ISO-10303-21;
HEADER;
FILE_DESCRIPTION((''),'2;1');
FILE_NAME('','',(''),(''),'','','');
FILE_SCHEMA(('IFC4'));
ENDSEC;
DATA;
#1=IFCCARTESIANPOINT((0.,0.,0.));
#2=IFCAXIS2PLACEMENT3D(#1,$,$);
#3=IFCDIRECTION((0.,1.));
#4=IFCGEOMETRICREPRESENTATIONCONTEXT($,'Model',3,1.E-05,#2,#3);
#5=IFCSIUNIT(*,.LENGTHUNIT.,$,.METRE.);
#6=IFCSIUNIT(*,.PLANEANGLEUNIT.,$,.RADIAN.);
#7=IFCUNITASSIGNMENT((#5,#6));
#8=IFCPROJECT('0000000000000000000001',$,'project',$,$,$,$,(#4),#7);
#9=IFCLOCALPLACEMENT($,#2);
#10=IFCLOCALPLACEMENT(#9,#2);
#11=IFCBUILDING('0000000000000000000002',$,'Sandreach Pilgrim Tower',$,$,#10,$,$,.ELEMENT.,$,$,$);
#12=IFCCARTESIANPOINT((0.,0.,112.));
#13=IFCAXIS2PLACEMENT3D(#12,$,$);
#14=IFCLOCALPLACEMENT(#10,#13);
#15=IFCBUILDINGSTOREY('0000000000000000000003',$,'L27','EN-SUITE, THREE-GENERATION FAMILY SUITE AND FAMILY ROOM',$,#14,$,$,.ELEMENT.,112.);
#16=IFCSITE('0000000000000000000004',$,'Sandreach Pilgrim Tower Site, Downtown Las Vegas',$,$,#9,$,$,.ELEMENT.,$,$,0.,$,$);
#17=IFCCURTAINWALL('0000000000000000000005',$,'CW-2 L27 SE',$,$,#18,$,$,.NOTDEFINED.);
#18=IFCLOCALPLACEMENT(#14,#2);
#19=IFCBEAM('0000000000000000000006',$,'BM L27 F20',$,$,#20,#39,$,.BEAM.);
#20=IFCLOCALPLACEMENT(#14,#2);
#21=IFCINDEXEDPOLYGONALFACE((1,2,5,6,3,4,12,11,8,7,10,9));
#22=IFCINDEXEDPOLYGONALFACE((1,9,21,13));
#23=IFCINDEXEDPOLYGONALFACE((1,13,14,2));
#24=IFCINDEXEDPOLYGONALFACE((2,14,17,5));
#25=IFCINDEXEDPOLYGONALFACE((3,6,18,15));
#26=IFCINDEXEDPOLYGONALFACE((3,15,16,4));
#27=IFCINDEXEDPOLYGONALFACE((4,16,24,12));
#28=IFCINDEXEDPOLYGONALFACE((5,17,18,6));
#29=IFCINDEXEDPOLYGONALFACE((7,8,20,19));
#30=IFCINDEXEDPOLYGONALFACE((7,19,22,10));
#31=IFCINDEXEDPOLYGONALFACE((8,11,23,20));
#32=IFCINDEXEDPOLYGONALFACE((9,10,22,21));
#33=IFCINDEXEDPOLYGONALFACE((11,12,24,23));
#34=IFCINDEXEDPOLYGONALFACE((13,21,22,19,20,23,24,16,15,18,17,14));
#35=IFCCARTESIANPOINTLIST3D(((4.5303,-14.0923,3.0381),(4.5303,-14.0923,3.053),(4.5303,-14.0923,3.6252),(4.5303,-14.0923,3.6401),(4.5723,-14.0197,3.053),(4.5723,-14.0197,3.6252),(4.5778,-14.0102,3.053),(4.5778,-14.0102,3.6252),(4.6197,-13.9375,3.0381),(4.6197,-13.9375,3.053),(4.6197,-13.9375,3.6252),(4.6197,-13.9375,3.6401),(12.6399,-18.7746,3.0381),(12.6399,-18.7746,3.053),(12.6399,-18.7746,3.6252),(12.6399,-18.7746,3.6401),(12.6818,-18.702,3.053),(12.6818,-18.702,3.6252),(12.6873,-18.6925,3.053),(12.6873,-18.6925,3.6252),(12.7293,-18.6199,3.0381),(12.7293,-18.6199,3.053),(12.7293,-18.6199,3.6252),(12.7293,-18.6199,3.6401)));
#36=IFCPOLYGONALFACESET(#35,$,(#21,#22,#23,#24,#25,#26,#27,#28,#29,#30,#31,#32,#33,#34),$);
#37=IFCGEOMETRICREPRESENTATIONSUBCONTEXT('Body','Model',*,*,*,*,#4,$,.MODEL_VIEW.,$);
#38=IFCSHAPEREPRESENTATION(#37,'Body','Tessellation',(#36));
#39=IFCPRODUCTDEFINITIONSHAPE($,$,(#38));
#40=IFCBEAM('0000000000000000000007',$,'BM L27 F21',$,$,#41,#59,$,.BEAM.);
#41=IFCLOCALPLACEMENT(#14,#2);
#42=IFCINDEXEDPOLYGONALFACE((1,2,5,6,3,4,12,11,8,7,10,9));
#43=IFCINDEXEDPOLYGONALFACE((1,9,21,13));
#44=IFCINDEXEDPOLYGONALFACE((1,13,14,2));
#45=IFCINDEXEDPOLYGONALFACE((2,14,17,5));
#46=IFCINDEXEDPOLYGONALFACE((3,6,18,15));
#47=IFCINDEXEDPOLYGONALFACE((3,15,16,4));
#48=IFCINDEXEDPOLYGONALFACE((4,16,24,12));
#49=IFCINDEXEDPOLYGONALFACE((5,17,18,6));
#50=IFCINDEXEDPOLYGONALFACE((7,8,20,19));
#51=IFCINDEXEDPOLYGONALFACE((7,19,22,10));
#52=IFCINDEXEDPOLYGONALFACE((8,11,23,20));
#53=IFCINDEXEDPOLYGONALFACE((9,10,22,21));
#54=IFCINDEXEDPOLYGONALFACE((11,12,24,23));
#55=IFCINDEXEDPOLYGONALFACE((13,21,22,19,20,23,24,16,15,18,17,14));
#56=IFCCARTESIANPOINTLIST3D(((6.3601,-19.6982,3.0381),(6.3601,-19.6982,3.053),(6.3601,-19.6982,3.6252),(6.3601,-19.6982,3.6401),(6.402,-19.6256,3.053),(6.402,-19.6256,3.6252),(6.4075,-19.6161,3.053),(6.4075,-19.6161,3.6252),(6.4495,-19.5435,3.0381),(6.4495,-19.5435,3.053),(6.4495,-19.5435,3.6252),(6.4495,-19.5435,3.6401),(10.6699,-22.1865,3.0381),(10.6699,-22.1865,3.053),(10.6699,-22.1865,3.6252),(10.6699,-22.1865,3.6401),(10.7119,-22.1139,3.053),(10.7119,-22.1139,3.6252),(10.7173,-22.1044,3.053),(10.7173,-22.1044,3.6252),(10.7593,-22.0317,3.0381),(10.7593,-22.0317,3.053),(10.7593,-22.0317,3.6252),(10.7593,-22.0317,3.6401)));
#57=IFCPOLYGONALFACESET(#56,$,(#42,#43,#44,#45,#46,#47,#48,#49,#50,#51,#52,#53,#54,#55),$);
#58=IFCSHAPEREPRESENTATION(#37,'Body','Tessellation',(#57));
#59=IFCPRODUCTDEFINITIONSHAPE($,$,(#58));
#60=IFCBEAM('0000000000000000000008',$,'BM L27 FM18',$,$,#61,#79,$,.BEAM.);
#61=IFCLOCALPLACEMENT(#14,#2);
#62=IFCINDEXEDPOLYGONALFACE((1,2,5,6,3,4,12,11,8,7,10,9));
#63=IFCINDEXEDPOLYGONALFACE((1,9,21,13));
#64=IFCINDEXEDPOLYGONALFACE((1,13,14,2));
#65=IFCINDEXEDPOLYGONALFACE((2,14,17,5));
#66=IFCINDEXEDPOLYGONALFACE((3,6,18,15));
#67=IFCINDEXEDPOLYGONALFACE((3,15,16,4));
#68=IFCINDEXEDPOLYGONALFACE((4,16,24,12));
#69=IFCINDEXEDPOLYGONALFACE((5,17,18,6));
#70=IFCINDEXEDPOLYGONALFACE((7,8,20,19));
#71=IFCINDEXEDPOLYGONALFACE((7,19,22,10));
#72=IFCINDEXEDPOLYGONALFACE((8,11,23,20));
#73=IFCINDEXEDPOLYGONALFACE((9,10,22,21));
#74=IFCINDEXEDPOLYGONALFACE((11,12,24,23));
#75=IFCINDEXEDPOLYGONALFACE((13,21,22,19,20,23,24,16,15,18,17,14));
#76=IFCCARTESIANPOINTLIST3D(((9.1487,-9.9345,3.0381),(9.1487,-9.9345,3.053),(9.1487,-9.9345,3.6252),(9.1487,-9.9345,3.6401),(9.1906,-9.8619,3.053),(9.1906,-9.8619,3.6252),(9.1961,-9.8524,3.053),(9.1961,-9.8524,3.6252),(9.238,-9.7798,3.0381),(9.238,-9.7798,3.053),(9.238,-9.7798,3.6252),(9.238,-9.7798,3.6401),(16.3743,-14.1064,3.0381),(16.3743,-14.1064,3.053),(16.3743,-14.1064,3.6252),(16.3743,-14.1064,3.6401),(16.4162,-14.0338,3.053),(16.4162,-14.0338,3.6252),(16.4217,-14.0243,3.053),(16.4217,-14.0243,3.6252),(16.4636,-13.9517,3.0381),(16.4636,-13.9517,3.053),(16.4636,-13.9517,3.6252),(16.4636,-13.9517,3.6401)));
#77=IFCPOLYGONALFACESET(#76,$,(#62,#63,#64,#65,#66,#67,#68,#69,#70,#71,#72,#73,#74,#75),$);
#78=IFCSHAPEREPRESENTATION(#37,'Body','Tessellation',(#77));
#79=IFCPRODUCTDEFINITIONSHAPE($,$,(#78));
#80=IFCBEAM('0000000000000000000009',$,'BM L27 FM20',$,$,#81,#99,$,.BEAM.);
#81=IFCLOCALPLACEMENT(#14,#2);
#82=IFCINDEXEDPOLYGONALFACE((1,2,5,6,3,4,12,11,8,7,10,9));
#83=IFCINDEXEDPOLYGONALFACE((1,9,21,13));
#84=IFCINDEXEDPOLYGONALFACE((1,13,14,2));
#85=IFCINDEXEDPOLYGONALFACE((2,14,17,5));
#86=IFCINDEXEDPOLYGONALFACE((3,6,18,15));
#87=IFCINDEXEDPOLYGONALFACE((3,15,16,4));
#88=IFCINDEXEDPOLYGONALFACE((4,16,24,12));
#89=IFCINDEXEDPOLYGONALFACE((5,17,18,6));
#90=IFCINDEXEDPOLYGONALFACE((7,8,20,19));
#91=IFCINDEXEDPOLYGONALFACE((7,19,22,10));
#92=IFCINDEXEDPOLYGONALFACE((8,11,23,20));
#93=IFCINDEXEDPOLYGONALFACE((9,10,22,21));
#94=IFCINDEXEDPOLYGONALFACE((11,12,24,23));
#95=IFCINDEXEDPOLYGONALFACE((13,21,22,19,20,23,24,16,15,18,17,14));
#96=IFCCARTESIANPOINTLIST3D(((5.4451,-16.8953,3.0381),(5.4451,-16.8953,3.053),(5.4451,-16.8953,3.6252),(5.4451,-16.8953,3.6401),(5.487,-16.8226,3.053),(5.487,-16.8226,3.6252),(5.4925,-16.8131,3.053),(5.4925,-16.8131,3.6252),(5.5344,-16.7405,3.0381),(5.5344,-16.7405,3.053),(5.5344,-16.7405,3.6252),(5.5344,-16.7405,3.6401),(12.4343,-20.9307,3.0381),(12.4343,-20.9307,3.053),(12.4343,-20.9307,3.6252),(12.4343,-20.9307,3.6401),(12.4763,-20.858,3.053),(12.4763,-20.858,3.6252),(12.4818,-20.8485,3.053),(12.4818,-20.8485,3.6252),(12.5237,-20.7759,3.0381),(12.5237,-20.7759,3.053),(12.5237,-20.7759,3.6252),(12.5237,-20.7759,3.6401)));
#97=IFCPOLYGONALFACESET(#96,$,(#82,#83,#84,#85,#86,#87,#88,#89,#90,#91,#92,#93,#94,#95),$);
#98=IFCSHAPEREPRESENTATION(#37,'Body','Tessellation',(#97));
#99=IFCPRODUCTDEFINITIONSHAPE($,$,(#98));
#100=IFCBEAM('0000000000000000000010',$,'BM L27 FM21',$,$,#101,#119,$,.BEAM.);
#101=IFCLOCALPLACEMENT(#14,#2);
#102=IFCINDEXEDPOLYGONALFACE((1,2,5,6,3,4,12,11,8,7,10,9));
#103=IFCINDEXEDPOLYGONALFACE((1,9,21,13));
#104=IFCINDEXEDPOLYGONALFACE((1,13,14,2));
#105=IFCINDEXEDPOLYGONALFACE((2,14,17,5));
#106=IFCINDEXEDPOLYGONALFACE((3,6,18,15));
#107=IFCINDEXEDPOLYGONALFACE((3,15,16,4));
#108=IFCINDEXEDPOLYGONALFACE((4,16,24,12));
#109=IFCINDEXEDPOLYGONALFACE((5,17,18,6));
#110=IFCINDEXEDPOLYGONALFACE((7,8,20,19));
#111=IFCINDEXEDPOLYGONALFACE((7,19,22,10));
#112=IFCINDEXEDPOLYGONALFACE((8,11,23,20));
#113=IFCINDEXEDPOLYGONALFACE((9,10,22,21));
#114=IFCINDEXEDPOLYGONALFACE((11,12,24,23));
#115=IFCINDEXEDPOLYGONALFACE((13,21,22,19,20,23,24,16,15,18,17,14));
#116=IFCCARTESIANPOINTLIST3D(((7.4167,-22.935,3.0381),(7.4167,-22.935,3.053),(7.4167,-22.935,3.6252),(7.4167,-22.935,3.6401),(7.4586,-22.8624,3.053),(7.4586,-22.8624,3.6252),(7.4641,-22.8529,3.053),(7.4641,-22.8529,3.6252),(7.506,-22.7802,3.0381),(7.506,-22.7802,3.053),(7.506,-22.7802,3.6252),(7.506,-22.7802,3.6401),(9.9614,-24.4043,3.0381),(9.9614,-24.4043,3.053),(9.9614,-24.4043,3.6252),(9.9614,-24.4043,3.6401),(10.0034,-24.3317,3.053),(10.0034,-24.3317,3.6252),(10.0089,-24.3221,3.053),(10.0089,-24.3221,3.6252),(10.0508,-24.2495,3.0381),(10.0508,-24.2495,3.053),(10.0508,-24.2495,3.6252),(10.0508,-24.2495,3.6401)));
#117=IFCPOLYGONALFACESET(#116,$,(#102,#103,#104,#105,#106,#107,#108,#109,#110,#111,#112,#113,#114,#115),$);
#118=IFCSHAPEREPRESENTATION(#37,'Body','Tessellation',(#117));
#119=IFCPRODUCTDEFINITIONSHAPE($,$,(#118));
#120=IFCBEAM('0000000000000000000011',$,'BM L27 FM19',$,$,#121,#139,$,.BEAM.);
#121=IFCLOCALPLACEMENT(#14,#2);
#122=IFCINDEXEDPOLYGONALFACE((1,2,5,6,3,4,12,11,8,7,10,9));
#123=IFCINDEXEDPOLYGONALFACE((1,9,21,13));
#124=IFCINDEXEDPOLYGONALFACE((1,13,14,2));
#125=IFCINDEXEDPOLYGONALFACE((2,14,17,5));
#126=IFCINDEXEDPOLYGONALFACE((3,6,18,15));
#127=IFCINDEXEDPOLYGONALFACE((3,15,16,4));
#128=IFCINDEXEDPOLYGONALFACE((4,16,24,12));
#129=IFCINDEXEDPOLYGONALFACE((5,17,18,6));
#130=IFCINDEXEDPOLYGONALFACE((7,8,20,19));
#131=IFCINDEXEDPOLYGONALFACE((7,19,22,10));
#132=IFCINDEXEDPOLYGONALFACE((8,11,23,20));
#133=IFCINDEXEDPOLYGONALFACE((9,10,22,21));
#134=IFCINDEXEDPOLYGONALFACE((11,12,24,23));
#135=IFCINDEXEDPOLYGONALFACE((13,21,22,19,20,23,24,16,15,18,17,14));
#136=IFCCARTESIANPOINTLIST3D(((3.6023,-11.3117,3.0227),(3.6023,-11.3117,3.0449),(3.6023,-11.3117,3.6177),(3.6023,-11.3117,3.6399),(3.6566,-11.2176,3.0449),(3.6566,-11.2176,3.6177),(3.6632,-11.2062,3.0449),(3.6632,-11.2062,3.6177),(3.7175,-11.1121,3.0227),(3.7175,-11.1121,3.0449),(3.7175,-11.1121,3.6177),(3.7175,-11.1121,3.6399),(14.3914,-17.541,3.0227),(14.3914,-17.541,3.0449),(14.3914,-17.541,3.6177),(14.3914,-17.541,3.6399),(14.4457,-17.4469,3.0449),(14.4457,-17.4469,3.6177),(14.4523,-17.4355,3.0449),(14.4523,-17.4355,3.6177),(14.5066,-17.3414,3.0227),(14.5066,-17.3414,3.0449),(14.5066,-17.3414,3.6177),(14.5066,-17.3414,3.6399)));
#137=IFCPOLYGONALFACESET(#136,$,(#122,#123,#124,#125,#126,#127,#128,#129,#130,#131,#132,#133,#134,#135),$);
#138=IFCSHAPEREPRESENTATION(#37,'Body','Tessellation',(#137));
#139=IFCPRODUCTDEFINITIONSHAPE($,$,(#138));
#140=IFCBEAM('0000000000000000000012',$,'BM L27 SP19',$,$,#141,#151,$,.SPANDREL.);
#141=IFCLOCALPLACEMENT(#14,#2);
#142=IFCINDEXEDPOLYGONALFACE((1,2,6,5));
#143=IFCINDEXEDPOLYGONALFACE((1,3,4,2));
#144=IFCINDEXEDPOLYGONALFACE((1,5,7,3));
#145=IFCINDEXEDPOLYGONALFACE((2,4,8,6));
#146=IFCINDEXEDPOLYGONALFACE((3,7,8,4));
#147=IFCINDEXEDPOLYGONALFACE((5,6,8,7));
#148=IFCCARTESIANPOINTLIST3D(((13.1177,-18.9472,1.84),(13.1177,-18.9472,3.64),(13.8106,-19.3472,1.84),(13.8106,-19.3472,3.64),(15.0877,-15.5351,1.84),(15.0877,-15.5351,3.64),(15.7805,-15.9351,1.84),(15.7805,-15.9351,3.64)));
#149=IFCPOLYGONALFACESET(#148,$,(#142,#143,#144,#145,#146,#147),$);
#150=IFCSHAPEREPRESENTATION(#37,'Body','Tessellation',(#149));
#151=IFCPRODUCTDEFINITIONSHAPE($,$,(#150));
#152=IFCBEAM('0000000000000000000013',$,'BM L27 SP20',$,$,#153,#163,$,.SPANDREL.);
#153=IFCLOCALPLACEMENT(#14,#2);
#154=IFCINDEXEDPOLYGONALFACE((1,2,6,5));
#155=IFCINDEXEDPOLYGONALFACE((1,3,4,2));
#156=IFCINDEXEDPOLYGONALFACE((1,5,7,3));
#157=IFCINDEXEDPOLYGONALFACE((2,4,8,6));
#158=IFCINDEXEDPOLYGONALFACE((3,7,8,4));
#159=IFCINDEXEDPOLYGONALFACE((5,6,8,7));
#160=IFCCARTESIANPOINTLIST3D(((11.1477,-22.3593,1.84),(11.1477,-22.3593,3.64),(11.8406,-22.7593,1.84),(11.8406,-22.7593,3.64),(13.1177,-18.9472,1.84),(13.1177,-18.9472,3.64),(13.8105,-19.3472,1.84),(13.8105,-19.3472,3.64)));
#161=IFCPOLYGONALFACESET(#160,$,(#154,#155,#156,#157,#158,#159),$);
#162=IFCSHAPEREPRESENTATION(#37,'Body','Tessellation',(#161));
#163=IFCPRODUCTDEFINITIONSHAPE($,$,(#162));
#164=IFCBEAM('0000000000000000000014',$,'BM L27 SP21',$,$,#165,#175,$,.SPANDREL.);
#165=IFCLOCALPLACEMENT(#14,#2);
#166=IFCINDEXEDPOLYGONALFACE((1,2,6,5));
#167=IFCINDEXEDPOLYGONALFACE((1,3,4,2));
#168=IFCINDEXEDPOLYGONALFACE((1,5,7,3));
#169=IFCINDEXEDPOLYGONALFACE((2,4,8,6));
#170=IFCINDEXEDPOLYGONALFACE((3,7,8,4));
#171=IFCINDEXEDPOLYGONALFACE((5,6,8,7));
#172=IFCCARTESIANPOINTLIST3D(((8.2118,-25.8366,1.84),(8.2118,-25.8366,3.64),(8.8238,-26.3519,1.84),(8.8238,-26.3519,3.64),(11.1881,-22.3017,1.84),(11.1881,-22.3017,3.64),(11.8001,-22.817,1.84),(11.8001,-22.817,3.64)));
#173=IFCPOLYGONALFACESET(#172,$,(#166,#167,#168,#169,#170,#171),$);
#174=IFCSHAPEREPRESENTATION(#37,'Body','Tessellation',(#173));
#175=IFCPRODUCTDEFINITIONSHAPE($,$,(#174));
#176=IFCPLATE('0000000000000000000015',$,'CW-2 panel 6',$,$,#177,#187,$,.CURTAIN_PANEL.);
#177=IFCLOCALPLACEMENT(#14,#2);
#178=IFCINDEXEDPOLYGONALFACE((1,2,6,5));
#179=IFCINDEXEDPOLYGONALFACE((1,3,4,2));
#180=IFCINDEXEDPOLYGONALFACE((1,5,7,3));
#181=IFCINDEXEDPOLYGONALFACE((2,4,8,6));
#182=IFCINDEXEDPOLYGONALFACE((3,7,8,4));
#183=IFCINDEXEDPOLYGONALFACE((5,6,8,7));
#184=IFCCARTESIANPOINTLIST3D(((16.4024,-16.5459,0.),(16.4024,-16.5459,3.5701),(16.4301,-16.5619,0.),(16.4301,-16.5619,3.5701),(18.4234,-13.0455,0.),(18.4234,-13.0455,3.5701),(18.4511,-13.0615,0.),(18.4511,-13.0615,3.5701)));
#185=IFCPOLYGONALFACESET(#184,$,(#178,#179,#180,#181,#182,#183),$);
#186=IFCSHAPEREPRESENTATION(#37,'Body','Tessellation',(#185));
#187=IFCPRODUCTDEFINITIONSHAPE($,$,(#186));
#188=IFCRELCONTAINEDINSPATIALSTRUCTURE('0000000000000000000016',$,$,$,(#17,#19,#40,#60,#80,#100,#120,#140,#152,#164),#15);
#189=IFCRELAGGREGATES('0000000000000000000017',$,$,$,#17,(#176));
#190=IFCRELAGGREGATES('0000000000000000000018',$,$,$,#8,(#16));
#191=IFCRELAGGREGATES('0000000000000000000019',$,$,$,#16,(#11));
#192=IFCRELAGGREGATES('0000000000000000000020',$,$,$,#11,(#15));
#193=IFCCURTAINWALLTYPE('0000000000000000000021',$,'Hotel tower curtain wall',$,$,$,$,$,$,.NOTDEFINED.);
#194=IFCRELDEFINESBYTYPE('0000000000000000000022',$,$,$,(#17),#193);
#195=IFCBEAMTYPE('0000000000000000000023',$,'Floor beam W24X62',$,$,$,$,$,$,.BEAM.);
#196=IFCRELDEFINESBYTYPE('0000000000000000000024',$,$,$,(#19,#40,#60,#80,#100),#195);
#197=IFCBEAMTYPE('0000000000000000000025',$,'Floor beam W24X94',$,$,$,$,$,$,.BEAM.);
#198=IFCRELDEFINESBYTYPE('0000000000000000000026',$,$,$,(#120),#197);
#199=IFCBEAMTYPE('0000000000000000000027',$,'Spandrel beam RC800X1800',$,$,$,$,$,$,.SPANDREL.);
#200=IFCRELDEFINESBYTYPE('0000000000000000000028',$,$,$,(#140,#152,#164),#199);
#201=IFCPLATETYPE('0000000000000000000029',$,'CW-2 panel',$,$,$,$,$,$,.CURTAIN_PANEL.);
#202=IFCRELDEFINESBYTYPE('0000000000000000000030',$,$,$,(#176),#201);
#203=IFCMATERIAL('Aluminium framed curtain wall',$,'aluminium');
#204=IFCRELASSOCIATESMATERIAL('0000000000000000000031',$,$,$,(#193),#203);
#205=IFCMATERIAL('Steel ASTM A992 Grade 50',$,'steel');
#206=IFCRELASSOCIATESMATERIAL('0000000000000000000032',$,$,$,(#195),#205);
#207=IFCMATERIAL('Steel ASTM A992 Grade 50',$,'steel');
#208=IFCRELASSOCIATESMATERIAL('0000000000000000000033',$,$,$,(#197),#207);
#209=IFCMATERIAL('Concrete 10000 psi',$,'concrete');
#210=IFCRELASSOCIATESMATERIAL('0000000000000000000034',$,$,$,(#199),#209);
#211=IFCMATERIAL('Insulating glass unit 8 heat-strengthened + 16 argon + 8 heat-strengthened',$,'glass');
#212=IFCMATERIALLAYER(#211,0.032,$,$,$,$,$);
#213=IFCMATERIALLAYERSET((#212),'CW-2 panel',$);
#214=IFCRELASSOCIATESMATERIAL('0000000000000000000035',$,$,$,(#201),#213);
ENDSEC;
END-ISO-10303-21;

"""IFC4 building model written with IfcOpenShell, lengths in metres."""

from ifc_helpers import new_model, si_unit, direction, frame, origin, origin_2d, place, context, subcontext, project, spatial, rectangle, i_section, extrude, material, layer, layer_set, material_profile, profile_set, type_object, element, aggregate, save


model = new_model("IFC4")

# Units and contexts
model_context = context("Model", 3, precision=1e-05, world=origin(), true_north=direction((0.0, 1.0)))
body_context = subcontext(model_context, "Body", "Model", "MODEL_VIEW")
ifc_project = project(units=[si_unit("LENGTHUNIT", "METRE"), si_unit("PLANEANGLEUNIT", "RADIAN")], contexts=[model_context])

# Site, building, storey
site_placement = place(None, origin())
site = spatial("IfcSite", under=ifc_project, at=site_placement, Name="Sandreach Pilgrim Tower Site, Downtown Las Vegas", CompositionType="ELEMENT", RefElevation=0.0)
building_placement = place(site_placement, origin())
building = spatial("IfcBuilding", under=site, at=building_placement, Name="Sandreach Pilgrim Tower", CompositionType="ELEMENT")
storey_placement = place(building_placement, frame((0.0, 0.0, 112.0)))
storey = spatial("IfcBuildingStorey", under=building, at=storey_placement, Name="L27", Description="EN-SUITE, THREE-GENERATION FAMILY SUITE AND FAMILY ROOM", CompositionType="ELEMENT", Elevation=112.0)

# Curtain wall
ifc_material_1 = material(Name="Aluminium framed curtain wall", Category="aluminium")
curtain_wall_type = type_object("IfcCurtainWallType", Name="Hotel tower curtain wall", PredefinedType="NOTDEFINED", material=ifc_material_1)
curtain_wall_placement = place(storey_placement, origin())
curtain_wall = element("IfcCurtainWall", 1, at=curtain_wall_placement, inside=storey, type_object=curtain_wall_type, Name="CW-2 L27 SE", PredefinedType="NOTDEFINED")

# Beams
ifc_material_2 = material(Name="Steel ASTM A992 Grade 50", Category="steel")
ifc_material_profile_1 = material_profile(ifc_material_2, i_section(OverallWidth=0.1787, OverallDepth=0.6021, WebThickness=0.011, FlangeThickness=0.0149, at=origin_2d()), Name="W24X62")
ifc_profile_set_1 = profile_set([ifc_material_profile_1], Name="Steel ASTM A992 Grade 50")
beam_type_1 = type_object("IfcBeamType", Name="Floor beam W24X62", PredefinedType="BEAM", material=ifc_profile_set_1)
beam_1_placement = place(storey_placement, frame((12.6846, -18.6973, 3.3391), z_axis=(-0.866012, 0.500023, 0.0), x_axis=(-0.500023, -0.866012, 0.0)))
element("IfcBeam", 2, at=beam_1_placement, inside=storey, type_object=beam_type_1, Name="BM L27 F20", PredefinedType="BEAM", context=body_context, shape_type="SweptSolid", body=[
    extrude(i_section(OverallWidth=0.1787, OverallDepth=0.6021, WebThickness=0.011, FlangeThickness=0.0149, at=origin_2d()), origin(), (0.0, 0.0, 1.0), 9.3643),
])
beam_2_placement = place(storey_placement, frame((10.7146, -22.1091, 3.3391), z_axis=(-0.866025, 0.500001, 0.0), x_axis=(-0.500001, -0.866025, 0.0)))
element("IfcBeam", 3, at=beam_2_placement, inside=storey, type_object=beam_type_1, Name="BM L27 F21", PredefinedType="BEAM", context=body_context, shape_type="SweptSolid", body=[
    extrude(i_section(OverallWidth=0.1787, OverallDepth=0.6021, WebThickness=0.011, FlangeThickness=0.0149, at=origin_2d()), origin(), (0.0, 0.0, 1.0), 4.9766),
])
beam_3_placement = place(storey_placement, frame((16.4189, -14.0291, 3.3391), z_axis=(-0.866016, 0.500016, 0.0), x_axis=(-0.500016, -0.866016, 0.0)))
element("IfcBeam", 4, at=beam_3_placement, inside=storey, type_object=beam_type_1, Name="BM L27 FM18", PredefinedType="BEAM", context=body_context, shape_type="SweptSolid", body=[
    extrude(i_section(OverallWidth=0.1787, OverallDepth=0.6021, WebThickness=0.011, FlangeThickness=0.0149, at=origin_2d()), origin(), (0.0, 0.0, 1.0), 8.3435),
])
beam_4_placement = place(storey_placement, frame((12.479, -20.8533, 3.3391), z_axis=(-0.866017, 0.500014, 0.0), x_axis=(-0.500014, -0.866017, 0.0)))
element("IfcBeam", 5, at=beam_4_placement, inside=storey, type_object=beam_type_1, Name="BM L27 FM20", PredefinedType="BEAM", context=body_context, shape_type="SweptSolid", body=[
    extrude(i_section(OverallWidth=0.1787, OverallDepth=0.6021, WebThickness=0.011, FlangeThickness=0.0149, at=origin_2d()), origin(), (0.0, 0.0, 1.0), 8.0706),
])
beam_5_placement = place(storey_placement, frame((10.0061, -24.3269, 3.3391), z_axis=(-0.866015, 0.500017, 0.0), x_axis=(-0.500017, -0.866015, 0.0)))
element("IfcBeam", 6, at=beam_5_placement, inside=storey, type_object=beam_type_1, Name="BM L27 FM21", PredefinedType="BEAM", context=body_context, shape_type="SweptSolid", body=[
    extrude(i_section(OverallWidth=0.1787, OverallDepth=0.6021, WebThickness=0.011, FlangeThickness=0.0149, at=origin_2d()), origin(), (0.0, 0.0, 1.0), 2.9385),
])
ifc_material_3 = material(Name="Steel ASTM A992 Grade 50", Category="steel")
ifc_material_profile_2 = material_profile(ifc_material_3, i_section(OverallWidth=0.2305, OverallDepth=0.6172, WebThickness=0.0132, FlangeThickness=0.0222, at=origin_2d()), Name="W24X94")
ifc_profile_set_2 = profile_set([ifc_material_profile_2], Name="Steel ASTM A992 Grade 50")
beam_type_2 = type_object("IfcBeamType", Name="Floor beam W24X94", PredefinedType="BEAM", material=ifc_profile_set_2)
beam_6_placement = place(storey_placement, frame((14.449, -17.4412, 3.3313), z_axis=(-0.866019, 0.500011, 0.0), x_axis=(-0.500011, -0.866019, 0.0)))
element("IfcBeam", 7, at=beam_6_placement, inside=storey, type_object=beam_type_2, Name="BM L27 FM19", PredefinedType="BEAM", context=body_context, shape_type="SweptSolid", body=[
    extrude(i_section(OverallWidth=0.2305, OverallDepth=0.6172, WebThickness=0.0132, FlangeThickness=0.0222, at=origin_2d()), origin(), (0.0, 0.0, 1.0), 12.4583),
])
ifc_material_4 = material(Name="Concrete 10000 psi", Category="concrete")
ifc_material_profile_3 = material_profile(ifc_material_4, rectangle(XDim=0.8, YDim=1.8, at=origin_2d()), Name="RC800X1800")
ifc_profile_set_3 = profile_set([ifc_material_profile_3], Name="Concrete 10000 psi")
beam_type_3 = type_object("IfcBeamType", Name="Spandrel beam RC800X1800", PredefinedType="SPANDREL", material=ifc_profile_set_3)
for number, where, z_axis, x_axis, name in (
    (8, (15.4341, -15.7351, 2.74), (-0.499998, -0.866027, 0.0), (0.866027, -0.499998, 0.0), "BM L27 SP19"),
    (9, (13.4641, -19.1472, 2.74), (-0.499998, -0.866027, 0.0), (0.866027, -0.499998, 0.0), "BM L27 SP20"),
):
    element("IfcBeam", number, at=place(storey_placement, frame(where, z_axis=z_axis, x_axis=x_axis)), inside=storey, type_object=beam_type_3, Name=name, PredefinedType="SPANDREL", context=body_context, shape_type="SweptSolid", body=[
        extrude(rectangle(XDim=0.8, YDim=1.8, at=origin_2d()), origin(), (0.0, 0.0, 1.0), 3.9399),
    ])
beam_7_placement = place(storey_placement, frame((11.4941, -22.5593, 2.74), z_axis=(-0.644079, -0.764959, 0.0), x_axis=(0.764959, -0.644079, 0.0)))
element("IfcBeam", 10, at=beam_7_placement, inside=storey, type_object=beam_type_3, Name="BM L27 SP21", PredefinedType="SPANDREL", context=body_context, shape_type="SweptSolid", body=[
    extrude(rectangle(XDim=0.8, YDim=1.8, at=origin_2d()), origin(), (0.0, 0.0, 1.0), 4.6211),
])

# Plate
ifc_material_5 = material(Name="Insulating glass unit 8 heat-strengthened + 16 argon + 8 heat-strengthened", Category="glass")
ifc_layer_1 = layer(ifc_material_5, 0.032)
ifc_layer_set_1 = layer_set([ifc_layer_1], Name="CW-2 panel")
plate_type = type_object("IfcPlateType", Name="CW-2 panel", PredefinedType="CURTAIN_PANEL", material=ifc_layer_set_1)
plate_1_placement = place(storey_placement, frame((17.4268, -14.8037, 0.0), z_axis=(0.0, 0.0, 1.0), x_axis=(-0.5, -0.866025, 0.0)))
plate_1 = element("IfcPlate", 11, at=plate_1_placement, type_object=plate_type, Name="CW-2 panel 6", PredefinedType="CURTAIN_PANEL", context=body_context, shape_type="SweptSolid", body=[
    extrude(rectangle(XDim=4.042, YDim=0.032, at=origin_2d()), origin(), (0.0, 0.0, 1.0), 3.5701),
])
aggregate(curtain_wall, [plate_1])

save(model, "model.ifc")
